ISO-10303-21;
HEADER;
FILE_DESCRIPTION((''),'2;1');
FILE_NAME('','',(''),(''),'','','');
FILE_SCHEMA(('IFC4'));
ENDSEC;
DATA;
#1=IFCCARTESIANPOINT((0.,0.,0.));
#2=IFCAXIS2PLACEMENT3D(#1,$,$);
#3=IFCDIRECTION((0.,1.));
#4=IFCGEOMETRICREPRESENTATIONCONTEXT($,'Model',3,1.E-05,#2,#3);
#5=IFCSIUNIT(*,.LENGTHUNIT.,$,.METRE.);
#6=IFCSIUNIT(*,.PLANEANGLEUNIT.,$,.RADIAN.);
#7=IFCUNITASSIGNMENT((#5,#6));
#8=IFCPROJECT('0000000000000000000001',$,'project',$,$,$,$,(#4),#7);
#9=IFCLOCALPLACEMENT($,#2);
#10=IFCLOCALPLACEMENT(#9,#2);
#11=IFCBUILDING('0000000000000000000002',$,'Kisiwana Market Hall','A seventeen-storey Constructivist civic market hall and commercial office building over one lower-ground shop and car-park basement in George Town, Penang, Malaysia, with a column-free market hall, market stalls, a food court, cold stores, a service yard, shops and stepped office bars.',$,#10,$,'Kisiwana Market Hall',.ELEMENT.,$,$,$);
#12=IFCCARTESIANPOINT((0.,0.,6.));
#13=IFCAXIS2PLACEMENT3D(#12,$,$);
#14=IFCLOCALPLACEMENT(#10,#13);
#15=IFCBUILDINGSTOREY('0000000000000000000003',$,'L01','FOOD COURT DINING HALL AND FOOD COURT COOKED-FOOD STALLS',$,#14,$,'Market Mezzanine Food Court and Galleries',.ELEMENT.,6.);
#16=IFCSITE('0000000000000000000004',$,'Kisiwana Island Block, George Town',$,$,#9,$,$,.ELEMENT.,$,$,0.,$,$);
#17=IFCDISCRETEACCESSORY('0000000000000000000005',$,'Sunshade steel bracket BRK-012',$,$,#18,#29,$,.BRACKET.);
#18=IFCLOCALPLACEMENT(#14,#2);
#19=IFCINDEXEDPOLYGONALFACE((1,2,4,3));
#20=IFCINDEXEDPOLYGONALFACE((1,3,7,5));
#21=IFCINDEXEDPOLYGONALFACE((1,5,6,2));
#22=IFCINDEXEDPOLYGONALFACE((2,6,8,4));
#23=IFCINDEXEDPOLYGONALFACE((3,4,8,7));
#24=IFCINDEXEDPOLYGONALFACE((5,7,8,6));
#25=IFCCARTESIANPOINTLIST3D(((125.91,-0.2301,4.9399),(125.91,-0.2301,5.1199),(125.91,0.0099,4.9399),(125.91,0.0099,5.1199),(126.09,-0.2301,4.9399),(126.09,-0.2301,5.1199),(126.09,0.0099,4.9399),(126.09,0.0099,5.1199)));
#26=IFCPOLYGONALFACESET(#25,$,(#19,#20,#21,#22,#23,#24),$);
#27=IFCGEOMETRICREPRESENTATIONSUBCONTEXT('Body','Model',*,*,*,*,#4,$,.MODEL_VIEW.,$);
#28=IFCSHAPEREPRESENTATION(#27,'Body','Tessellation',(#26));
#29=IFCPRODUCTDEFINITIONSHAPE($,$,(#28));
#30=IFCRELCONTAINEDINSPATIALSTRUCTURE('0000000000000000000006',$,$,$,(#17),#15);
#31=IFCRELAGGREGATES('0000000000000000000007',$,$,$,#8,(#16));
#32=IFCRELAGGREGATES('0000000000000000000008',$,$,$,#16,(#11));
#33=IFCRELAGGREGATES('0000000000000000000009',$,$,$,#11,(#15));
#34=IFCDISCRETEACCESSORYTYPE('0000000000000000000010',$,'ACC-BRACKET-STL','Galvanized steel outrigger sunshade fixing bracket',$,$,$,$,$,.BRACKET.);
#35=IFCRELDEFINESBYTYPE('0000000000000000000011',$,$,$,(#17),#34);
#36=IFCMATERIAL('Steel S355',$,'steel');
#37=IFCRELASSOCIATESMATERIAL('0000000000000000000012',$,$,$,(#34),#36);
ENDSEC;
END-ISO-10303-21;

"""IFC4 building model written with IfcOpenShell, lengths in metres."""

from ifc_helpers import new_model, si_unit, direction, frame, origin, origin_2d, place, context, subcontext, project, spatial, rectangle, extrude, material, type_object, element, save


model = new_model("IFC4")

# Units and contexts
model_context = context("Model", 3, precision=1e-05, world=origin(), true_north=direction((0.0, 1.0)))
body_context = subcontext(model_context, "Body", "Model", "MODEL_VIEW")
ifc_project = project(units=[si_unit("LENGTHUNIT", "METRE"), si_unit("PLANEANGLEUNIT", "RADIAN")], contexts=[model_context])

# Site, building, storey
site_placement = place(None, origin())
site = spatial("IfcSite", under=ifc_project, at=site_placement, Name="Kisiwana Island Block, George Town", CompositionType="ELEMENT", RefElevation=0.0)
building_placement = place(site_placement, origin())
building = spatial("IfcBuilding", under=site, at=building_placement, Name="Kisiwana Market Hall", Description="A seventeen-storey Constructivist civic market hall and commercial office building over one lower-ground shop and car-park basement in George Town, Penang, Malaysia, with a column-free market hall, market stalls, a food court, cold stores, a service yard, shops and stepped office bars.", LongName="Kisiwana Market Hall", CompositionType="ELEMENT")
storey_placement = place(building_placement, frame((0.0, 0.0, 6.0)))
storey = spatial("IfcBuildingStorey", under=building, at=storey_placement, Name="L01", Description="FOOD COURT DINING HALL AND FOOD COURT COOKED-FOOD STALLS", LongName="Market Mezzanine Food Court and Galleries", CompositionType="ELEMENT", Elevation=6.0)

# Discrete accessory
ifc_material_1 = material(Name="Steel S355", Category="steel")
discrete_accessory_type = type_object("IfcDiscreteAccessoryType", Name="ACC-BRACKET-STL", Description="Galvanized steel outrigger sunshade fixing bracket", PredefinedType="BRACKET", material=ifc_material_1)
discrete_accessory_placement = place(storey_placement, frame((126.0, -0.1101, 4.9399), z_axis=(0.0, 0.0, 1.0), x_axis=(1.0, 0.0, 0.0)))
element("IfcDiscreteAccessory", 1, at=discrete_accessory_placement, inside=storey, type_object=discrete_accessory_type, Name="Sunshade steel bracket BRK-012", PredefinedType="BRACKET", context=body_context, shape_type="SweptSolid", body=[
    extrude(rectangle(XDim=0.1799, YDim=0.24, at=origin_2d()), origin(), (0.0, 0.0, 1.0), 0.1799),
])

save(model, "model.ifc")
